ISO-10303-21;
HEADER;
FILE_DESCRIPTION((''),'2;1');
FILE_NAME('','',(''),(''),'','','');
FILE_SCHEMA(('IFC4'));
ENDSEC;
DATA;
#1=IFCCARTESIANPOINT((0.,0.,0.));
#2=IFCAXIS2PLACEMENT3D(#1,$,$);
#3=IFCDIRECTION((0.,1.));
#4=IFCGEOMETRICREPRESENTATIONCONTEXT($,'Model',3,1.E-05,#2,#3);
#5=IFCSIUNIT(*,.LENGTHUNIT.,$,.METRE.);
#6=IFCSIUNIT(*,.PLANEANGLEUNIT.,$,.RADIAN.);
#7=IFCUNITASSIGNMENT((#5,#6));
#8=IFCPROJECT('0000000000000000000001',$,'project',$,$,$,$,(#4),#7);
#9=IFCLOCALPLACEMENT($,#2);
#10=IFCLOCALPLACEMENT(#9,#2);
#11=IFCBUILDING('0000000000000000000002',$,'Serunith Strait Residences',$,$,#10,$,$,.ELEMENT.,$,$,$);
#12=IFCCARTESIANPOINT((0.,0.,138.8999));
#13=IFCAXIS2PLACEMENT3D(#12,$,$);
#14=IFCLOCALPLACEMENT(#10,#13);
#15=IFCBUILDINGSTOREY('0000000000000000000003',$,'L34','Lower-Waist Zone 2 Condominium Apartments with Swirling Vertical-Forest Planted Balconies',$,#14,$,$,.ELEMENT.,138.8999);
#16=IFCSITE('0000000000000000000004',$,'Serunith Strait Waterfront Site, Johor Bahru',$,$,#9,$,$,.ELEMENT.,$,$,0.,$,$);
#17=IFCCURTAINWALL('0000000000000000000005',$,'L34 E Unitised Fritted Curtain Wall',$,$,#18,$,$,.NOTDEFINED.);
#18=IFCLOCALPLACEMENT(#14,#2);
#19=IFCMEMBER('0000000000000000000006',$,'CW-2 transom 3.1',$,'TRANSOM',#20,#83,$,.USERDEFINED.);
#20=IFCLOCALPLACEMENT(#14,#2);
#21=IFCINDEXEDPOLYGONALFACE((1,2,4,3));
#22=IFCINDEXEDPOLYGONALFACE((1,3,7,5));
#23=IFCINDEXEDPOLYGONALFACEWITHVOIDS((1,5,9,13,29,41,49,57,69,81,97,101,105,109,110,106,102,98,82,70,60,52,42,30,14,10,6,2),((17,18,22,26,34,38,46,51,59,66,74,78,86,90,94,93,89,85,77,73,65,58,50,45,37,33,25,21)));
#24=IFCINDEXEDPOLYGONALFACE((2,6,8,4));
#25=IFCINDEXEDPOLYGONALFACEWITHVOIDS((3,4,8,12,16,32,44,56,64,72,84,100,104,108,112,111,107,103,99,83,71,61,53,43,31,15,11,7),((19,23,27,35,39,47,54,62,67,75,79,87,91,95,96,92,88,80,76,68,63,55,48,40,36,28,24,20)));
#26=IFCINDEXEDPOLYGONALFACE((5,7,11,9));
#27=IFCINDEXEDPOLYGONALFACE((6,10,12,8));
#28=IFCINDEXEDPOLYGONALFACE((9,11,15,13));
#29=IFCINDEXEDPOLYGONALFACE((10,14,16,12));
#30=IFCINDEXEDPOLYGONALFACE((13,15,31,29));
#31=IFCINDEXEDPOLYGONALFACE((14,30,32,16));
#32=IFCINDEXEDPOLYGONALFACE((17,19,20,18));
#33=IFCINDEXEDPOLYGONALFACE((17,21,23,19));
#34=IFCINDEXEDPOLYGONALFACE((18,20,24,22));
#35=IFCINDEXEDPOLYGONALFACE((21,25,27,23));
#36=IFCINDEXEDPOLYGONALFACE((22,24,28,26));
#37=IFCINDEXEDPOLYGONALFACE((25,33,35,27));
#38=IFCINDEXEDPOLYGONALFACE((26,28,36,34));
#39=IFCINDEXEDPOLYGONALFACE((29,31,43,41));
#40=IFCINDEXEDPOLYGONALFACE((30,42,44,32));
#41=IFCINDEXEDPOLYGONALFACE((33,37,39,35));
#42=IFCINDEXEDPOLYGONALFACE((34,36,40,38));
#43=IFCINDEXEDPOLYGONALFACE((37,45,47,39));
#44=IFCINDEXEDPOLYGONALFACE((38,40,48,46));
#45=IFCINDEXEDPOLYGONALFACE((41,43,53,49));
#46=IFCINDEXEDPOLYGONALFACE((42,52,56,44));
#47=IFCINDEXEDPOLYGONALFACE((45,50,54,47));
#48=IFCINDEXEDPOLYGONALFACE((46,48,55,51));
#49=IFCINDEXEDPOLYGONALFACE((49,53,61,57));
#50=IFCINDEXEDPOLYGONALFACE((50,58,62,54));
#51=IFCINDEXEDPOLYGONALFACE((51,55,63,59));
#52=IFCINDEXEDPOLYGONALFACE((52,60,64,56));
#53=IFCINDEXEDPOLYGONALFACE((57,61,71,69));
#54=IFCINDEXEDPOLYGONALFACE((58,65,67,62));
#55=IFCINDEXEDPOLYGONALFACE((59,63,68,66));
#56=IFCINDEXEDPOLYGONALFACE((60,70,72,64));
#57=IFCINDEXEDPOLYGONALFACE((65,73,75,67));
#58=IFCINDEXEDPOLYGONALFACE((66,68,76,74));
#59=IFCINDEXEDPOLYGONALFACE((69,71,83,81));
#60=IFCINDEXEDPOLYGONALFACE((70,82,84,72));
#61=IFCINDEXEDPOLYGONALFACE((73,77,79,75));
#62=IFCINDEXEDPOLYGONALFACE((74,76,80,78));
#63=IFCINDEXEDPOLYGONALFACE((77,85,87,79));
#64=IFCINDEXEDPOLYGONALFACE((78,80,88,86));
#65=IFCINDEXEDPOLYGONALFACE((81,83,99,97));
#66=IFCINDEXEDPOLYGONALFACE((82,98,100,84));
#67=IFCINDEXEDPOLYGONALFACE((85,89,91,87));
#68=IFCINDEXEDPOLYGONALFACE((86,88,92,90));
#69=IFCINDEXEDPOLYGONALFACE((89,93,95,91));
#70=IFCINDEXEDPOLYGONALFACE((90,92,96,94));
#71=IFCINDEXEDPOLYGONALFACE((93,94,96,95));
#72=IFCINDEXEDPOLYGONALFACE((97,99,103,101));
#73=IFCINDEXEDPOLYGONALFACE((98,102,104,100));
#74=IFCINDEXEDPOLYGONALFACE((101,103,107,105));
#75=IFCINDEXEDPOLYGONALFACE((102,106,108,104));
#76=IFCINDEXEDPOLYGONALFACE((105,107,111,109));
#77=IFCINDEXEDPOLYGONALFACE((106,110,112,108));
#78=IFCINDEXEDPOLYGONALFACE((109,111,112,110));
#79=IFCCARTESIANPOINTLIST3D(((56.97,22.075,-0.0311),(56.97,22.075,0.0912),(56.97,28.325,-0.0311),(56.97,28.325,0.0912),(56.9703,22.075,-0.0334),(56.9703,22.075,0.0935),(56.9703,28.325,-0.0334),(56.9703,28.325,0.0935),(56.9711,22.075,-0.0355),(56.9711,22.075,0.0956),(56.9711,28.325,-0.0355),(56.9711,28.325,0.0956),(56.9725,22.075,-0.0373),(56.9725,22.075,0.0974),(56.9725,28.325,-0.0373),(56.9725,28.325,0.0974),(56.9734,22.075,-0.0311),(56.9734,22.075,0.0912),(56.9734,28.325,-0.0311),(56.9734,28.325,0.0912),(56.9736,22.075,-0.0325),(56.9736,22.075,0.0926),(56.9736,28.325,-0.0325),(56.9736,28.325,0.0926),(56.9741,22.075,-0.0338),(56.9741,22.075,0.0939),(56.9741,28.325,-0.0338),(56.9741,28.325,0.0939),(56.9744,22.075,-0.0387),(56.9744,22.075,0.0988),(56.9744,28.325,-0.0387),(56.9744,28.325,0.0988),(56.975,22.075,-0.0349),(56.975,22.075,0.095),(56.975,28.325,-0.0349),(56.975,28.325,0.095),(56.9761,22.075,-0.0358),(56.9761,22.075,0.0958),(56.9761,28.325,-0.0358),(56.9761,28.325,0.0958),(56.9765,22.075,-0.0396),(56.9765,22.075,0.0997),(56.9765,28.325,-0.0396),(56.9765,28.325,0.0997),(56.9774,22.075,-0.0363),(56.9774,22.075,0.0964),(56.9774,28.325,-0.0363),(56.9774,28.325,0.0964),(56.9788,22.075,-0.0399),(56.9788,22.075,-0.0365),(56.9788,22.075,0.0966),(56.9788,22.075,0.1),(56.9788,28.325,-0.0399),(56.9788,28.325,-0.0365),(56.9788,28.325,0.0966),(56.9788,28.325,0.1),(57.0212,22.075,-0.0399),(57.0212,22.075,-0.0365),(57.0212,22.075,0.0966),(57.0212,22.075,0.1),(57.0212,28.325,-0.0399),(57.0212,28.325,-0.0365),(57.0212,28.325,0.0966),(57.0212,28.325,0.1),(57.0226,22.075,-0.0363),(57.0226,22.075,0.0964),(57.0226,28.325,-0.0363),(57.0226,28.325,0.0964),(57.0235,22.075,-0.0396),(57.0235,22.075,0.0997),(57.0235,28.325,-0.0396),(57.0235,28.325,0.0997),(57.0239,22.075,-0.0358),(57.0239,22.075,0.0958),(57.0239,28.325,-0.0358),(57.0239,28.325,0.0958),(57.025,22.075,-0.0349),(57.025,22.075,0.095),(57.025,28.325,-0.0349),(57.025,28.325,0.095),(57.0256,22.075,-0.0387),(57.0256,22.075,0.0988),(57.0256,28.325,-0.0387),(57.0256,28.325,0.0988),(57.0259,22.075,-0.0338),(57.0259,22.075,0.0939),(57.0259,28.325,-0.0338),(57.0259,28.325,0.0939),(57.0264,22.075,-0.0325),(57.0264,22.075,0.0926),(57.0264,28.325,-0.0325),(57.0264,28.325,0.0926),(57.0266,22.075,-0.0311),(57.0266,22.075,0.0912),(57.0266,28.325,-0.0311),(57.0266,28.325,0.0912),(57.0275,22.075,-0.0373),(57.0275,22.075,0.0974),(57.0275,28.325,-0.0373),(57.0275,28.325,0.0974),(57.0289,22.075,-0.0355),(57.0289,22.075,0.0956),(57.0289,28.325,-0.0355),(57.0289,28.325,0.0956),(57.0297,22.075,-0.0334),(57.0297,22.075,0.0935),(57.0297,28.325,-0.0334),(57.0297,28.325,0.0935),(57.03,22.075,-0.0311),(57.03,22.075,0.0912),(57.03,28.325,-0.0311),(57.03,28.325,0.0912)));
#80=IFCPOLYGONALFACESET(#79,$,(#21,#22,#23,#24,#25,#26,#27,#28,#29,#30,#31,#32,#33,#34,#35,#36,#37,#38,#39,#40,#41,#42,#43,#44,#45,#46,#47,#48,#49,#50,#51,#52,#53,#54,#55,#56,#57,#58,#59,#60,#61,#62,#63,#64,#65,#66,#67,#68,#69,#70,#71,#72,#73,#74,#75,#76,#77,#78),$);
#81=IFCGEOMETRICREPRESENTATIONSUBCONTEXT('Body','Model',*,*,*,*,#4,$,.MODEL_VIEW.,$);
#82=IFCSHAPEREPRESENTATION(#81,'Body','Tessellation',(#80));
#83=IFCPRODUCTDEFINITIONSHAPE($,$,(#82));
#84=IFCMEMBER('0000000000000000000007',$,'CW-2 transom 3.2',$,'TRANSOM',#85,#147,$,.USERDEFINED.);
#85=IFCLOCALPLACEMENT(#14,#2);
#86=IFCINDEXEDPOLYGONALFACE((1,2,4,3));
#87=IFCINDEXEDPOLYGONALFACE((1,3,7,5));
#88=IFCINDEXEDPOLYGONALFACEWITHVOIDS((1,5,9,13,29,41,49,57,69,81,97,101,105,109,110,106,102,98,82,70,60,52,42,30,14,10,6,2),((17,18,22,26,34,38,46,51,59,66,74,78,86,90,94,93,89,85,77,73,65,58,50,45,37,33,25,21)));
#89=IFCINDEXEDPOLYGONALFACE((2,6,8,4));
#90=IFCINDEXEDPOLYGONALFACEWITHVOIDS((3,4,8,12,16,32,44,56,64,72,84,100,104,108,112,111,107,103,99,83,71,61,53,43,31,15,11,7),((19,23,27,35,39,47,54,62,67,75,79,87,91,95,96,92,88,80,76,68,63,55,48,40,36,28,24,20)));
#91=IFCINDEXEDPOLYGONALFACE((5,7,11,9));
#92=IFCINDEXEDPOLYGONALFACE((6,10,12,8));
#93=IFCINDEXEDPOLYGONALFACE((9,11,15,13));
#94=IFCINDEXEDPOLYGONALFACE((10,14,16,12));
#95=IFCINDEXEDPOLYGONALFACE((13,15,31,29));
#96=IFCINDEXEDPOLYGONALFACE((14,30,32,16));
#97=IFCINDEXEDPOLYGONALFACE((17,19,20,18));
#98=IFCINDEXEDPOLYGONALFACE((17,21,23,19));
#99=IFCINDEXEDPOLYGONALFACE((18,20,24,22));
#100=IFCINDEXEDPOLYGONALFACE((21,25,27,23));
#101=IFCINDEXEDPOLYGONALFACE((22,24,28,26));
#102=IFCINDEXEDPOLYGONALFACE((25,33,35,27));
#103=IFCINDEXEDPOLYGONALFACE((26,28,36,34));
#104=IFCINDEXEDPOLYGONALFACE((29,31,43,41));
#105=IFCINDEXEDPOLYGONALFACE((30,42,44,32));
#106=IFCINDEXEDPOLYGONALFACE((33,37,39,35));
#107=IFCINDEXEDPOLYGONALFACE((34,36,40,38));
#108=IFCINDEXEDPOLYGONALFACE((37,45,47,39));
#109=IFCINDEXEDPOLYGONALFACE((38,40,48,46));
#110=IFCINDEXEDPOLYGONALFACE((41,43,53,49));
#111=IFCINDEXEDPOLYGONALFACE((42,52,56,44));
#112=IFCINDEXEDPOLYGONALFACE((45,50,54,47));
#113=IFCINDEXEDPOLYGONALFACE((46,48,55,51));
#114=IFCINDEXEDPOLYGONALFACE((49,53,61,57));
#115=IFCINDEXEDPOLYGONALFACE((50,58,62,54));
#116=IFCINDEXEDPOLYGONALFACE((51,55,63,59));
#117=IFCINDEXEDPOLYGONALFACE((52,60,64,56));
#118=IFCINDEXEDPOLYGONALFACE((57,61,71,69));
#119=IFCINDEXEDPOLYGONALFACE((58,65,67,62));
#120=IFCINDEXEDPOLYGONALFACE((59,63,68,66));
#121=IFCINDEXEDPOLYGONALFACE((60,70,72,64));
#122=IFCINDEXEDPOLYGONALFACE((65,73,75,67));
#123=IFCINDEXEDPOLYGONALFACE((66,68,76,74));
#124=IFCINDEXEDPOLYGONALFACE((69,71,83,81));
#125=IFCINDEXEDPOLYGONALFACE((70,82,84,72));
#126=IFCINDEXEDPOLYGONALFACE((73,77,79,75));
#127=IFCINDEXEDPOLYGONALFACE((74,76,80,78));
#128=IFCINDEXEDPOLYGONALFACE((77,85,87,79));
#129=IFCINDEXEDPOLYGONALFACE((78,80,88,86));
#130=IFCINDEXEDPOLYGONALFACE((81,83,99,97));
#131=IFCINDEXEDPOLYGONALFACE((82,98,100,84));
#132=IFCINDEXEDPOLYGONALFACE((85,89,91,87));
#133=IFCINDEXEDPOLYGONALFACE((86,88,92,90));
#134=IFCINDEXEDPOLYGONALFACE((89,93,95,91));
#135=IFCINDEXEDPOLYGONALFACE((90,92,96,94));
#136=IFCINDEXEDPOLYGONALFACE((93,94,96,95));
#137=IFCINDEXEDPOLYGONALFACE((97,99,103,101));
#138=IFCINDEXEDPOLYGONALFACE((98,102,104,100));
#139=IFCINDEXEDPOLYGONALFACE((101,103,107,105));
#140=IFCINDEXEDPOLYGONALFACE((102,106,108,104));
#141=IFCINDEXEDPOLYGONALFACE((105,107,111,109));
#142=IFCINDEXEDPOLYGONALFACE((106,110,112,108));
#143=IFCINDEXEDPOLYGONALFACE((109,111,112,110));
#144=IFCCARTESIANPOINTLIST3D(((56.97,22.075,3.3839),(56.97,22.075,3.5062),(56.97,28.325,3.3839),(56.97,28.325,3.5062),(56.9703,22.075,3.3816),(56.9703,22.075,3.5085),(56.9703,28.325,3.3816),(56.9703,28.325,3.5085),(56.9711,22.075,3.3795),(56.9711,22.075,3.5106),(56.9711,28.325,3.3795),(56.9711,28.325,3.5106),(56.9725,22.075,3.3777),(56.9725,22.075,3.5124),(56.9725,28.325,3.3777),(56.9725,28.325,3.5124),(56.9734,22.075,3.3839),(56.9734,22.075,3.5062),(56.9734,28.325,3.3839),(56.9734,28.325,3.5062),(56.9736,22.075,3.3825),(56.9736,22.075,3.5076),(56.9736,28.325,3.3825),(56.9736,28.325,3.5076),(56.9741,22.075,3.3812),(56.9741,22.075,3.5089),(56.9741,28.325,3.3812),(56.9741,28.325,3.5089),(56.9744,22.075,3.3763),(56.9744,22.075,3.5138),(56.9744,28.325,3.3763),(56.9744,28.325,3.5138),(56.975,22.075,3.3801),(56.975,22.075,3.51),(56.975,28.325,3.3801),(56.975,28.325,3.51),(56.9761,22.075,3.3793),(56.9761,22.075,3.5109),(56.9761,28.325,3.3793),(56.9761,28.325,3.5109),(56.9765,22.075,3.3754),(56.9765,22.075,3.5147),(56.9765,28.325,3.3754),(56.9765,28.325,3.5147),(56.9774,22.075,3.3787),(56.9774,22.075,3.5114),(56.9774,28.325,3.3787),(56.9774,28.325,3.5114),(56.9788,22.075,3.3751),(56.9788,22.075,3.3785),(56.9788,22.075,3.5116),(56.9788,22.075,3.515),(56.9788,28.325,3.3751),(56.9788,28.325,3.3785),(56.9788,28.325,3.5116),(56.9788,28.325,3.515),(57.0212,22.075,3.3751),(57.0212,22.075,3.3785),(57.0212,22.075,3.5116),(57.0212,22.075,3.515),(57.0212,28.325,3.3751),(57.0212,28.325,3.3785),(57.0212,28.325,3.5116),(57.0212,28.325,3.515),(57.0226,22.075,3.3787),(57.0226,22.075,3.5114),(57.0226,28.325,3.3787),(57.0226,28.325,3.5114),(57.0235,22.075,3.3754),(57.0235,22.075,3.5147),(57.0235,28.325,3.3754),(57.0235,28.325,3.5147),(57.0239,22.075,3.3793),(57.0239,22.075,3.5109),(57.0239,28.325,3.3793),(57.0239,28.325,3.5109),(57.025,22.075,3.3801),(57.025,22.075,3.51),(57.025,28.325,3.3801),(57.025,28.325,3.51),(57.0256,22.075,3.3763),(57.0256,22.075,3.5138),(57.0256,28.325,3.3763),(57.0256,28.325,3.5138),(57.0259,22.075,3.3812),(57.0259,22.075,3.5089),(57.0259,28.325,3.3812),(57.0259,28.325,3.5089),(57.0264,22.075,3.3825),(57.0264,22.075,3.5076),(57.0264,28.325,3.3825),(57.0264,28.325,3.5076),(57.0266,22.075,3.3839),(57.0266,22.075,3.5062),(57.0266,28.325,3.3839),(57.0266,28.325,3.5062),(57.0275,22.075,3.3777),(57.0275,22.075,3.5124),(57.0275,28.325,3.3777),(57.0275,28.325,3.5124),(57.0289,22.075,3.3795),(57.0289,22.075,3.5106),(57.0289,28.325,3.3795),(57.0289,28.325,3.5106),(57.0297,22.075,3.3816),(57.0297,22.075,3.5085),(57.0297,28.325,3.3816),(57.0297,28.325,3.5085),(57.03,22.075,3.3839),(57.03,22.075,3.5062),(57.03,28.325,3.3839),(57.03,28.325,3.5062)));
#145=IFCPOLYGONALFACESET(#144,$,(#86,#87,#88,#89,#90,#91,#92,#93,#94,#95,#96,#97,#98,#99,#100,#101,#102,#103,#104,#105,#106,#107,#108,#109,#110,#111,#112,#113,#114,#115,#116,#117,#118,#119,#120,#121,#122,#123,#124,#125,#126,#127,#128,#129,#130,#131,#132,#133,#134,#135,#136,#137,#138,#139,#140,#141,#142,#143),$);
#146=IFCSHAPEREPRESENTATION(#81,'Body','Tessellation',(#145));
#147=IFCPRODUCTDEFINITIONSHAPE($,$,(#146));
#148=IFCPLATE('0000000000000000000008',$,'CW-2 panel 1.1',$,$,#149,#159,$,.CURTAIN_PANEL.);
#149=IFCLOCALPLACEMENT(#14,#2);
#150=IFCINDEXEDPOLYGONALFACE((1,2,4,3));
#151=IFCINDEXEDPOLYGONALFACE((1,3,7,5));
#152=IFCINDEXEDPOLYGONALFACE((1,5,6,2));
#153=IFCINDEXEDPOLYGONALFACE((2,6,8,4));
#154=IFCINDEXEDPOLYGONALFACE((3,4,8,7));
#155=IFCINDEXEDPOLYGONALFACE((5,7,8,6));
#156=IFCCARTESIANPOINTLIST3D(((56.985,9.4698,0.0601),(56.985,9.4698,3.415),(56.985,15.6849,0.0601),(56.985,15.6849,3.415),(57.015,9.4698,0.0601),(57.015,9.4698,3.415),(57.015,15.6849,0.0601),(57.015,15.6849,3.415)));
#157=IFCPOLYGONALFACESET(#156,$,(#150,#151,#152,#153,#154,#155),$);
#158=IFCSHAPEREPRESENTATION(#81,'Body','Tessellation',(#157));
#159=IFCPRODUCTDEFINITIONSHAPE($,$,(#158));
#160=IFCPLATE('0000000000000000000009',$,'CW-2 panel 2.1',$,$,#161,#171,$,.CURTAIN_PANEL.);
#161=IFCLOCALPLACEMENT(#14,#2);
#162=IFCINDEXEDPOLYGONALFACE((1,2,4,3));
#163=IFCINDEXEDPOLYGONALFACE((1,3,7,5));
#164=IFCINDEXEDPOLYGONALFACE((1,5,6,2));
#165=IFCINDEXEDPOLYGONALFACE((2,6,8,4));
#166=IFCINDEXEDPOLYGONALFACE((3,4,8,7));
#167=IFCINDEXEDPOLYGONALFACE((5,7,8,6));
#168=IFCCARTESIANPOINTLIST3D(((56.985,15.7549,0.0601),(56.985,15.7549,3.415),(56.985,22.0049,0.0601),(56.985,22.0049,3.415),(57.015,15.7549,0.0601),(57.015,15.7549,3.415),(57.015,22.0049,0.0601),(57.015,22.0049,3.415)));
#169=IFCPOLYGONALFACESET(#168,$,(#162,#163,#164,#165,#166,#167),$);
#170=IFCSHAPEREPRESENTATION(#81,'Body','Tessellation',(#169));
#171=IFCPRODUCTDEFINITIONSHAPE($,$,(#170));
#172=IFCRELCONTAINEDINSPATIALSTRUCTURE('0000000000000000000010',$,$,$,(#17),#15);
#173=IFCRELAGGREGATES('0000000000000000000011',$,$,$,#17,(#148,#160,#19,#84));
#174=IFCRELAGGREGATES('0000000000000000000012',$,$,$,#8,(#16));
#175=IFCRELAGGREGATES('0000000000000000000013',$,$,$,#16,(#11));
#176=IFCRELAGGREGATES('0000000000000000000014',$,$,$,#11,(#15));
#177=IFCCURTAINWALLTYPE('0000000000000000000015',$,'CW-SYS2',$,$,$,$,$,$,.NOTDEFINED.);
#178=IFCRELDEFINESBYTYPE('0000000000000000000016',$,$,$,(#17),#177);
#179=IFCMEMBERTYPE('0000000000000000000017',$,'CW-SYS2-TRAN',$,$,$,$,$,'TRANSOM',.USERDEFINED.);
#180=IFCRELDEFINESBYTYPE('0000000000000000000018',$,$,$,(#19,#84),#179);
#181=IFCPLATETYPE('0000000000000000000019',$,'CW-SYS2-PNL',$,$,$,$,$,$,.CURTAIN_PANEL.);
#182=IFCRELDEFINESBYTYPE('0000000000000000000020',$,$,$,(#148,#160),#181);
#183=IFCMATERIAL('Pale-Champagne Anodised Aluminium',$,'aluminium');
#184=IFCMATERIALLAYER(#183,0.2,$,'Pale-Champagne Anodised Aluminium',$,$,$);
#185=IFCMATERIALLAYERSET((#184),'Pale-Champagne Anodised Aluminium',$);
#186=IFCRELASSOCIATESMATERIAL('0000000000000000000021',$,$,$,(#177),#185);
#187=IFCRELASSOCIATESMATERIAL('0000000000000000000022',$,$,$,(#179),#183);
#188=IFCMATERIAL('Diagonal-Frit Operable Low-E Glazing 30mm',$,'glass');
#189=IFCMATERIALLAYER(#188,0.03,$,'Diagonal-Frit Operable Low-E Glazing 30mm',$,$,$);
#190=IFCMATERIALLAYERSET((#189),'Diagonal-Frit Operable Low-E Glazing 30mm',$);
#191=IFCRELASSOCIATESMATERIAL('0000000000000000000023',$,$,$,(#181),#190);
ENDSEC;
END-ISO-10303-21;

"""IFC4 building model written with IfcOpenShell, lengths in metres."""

from ifc_helpers import new_model, si_unit, direction, frame, origin, origin_2d, place, context, subcontext, project, spatial, rectangle, hollow_rectangle, extrude, source, transform, mapped, material, layer, layer_set, material_profile, profile_set, type_object, element, aggregate, save


model = new_model("IFC4")

# Units and contexts
model_context = context("Model", 3, precision=1e-05, world=origin(), true_north=direction((0.0, 1.0)))
body_context = subcontext(model_context, "Body", "Model", "MODEL_VIEW")
ifc_project = project(units=[si_unit("LENGTHUNIT", "METRE"), si_unit("PLANEANGLEUNIT", "RADIAN")], contexts=[model_context])

# Site, building, storey
site_placement = place(None, origin())
site = spatial("IfcSite", under=ifc_project, at=site_placement, Name="Serunith Strait Waterfront Site, Johor Bahru", CompositionType="ELEMENT", RefElevation=0.0)
building_placement = place(site_placement, origin())
building = spatial("IfcBuilding", under=site, at=building_placement, Name="Serunith Strait Residences", CompositionType="ELEMENT")
storey_placement = place(building_placement, frame((0.0, 0.0, 138.8999)))
storey = spatial("IfcBuildingStorey", under=building, at=storey_placement, Name="L34", Description="Lower-Waist Zone 2 Condominium Apartments with Swirling Vertical-Forest Planted Balconies", CompositionType="ELEMENT", Elevation=138.8999)

# Curtain wall, members, plates
ifc_material_1 = material(Name="Pale-Champagne Anodised Aluminium", Category="aluminium")
ifc_layer_1 = layer(ifc_material_1, 0.2, Name="Pale-Champagne Anodised Aluminium")
ifc_layer_set_1 = layer_set([ifc_layer_1], Name="Pale-Champagne Anodised Aluminium")
curtain_wall_type = type_object("IfcCurtainWallType", Name="CW-SYS2", PredefinedType="NOTDEFINED", material=ifc_layer_set_1)
curtain_wall_placement = place(storey_placement, origin())
curtain_wall = element("IfcCurtainWall", 1, at=curtain_wall_placement, inside=storey, type_object=curtain_wall_type, Name="L34 E Unitised Fritted Curtain Wall", PredefinedType="NOTDEFINED")
ifc_material_profile_1 = material_profile(ifc_material_1, hollow_rectangle(XDim=0.0601, YDim=0.1399, WallThickness=0.0034, InnerFilletRadius=0.0054, OuterFilletRadius=0.0088, at=origin_2d()), Name="ALU 140x60x3.5")
ifc_profile_set_1 = profile_set([ifc_material_profile_1], Name="Pale-Champagne Anodised Aluminium")
member_type_1 = type_object("IfcMemberType", Name="CW-SYS2-TRAN", ElementType="TRANSOM", PredefinedType="USERDEFINED", material=ifc_profile_set_1)
shared_shape_1 = source(origin(), body_context, "Body", "SweptSolid", [
    extrude(hollow_rectangle(XDim=0.0601, YDim=0.1399, WallThickness=0.0034, InnerFilletRadius=0.0054, OuterFilletRadius=0.0088, at=origin_2d()), origin(), (0.0, 0.0, 1.0), 6.25),
])
member_1_placement = place(storey_placement, frame((57.0, 22.075, 0.03), z_axis=(0.0, 1.0, 0.0), x_axis=(-1.0, 0.0, 0.0)))
member_1 = element("IfcMember", 2, at=member_1_placement, type_object=member_type_1, Name="CW-2 transom 3.1", ObjectType="TRANSOM", PredefinedType="USERDEFINED", context=body_context, shape_type="MappedRepresentation", body=[
    mapped(shared_shape_1, transform((0.0, 0.0, 0.0), scale=1.0)),
])
member_2_placement = place(storey_placement, frame((57.0, 22.075, 3.4451), z_axis=(0.0, 1.0, 0.0), x_axis=(-1.0, 0.0, 0.0)))
member_2 = element("IfcMember", 3, at=member_2_placement, type_object=member_type_1, Name="CW-2 transom 3.2", ObjectType="TRANSOM", PredefinedType="USERDEFINED", context=body_context, shape_type="MappedRepresentation", body=[
    mapped(shared_shape_1, transform((0.0, 0.0, 0.0), scale=1.0)),
])
ifc_material_2 = material(Name="Diagonal-Frit Operable Low-E Glazing 30mm", Category="glass")
ifc_layer_2 = layer(ifc_material_2, 0.03, Name="Diagonal-Frit Operable Low-E Glazing 30mm")
ifc_layer_set_2 = layer_set([ifc_layer_2], Name="Diagonal-Frit Operable Low-E Glazing 30mm")
plate_type = type_object("IfcPlateType", Name="CW-SYS2-PNL", PredefinedType="CURTAIN_PANEL", material=ifc_layer_set_2)
shared_shape_2 = source(origin(), body_context, "Body", "SweptSolid", [
    extrude(rectangle(XDim=6.2151, YDim=0.03, at=origin_2d()), origin(), (0.0, 0.0, 1.0), 3.355),
])
plate_1_placement = place(storey_placement, frame((57.0, 12.5774, 0.0601), z_axis=(0.0, 0.0, 1.0), x_axis=(0.0, 1.0, 0.0)))
plate_1 = element("IfcPlate", 4, at=plate_1_placement, type_object=plate_type, Name="CW-2 panel 1.1", PredefinedType="CURTAIN_PANEL", context=body_context, shape_type="MappedRepresentation", body=[
    mapped(shared_shape_2, transform((0.0, 0.0, 0.0), scale=1.0)),
])
shared_shape_3 = source(origin(), body_context, "Body", "SweptSolid", [
    extrude(rectangle(XDim=6.25, YDim=0.03, at=origin_2d()), origin(), (0.0, 0.0, 1.0), 3.355),
])
plate_2_placement = place(storey_placement, frame((57.0, 18.8799, 0.0601), z_axis=(0.0, 0.0, 1.0), x_axis=(0.0, 1.0, 0.0)))
plate_2 = element("IfcPlate", 5, at=plate_2_placement, type_object=plate_type, Name="CW-2 panel 2.1", PredefinedType="CURTAIN_PANEL", context=body_context, shape_type="MappedRepresentation", body=[
    mapped(shared_shape_3, transform((0.0, 0.0, 0.0), scale=1.0)),
])
aggregate(curtain_wall, [plate_1, plate_2, member_1, member_2])

save(model, "model.ifc")
